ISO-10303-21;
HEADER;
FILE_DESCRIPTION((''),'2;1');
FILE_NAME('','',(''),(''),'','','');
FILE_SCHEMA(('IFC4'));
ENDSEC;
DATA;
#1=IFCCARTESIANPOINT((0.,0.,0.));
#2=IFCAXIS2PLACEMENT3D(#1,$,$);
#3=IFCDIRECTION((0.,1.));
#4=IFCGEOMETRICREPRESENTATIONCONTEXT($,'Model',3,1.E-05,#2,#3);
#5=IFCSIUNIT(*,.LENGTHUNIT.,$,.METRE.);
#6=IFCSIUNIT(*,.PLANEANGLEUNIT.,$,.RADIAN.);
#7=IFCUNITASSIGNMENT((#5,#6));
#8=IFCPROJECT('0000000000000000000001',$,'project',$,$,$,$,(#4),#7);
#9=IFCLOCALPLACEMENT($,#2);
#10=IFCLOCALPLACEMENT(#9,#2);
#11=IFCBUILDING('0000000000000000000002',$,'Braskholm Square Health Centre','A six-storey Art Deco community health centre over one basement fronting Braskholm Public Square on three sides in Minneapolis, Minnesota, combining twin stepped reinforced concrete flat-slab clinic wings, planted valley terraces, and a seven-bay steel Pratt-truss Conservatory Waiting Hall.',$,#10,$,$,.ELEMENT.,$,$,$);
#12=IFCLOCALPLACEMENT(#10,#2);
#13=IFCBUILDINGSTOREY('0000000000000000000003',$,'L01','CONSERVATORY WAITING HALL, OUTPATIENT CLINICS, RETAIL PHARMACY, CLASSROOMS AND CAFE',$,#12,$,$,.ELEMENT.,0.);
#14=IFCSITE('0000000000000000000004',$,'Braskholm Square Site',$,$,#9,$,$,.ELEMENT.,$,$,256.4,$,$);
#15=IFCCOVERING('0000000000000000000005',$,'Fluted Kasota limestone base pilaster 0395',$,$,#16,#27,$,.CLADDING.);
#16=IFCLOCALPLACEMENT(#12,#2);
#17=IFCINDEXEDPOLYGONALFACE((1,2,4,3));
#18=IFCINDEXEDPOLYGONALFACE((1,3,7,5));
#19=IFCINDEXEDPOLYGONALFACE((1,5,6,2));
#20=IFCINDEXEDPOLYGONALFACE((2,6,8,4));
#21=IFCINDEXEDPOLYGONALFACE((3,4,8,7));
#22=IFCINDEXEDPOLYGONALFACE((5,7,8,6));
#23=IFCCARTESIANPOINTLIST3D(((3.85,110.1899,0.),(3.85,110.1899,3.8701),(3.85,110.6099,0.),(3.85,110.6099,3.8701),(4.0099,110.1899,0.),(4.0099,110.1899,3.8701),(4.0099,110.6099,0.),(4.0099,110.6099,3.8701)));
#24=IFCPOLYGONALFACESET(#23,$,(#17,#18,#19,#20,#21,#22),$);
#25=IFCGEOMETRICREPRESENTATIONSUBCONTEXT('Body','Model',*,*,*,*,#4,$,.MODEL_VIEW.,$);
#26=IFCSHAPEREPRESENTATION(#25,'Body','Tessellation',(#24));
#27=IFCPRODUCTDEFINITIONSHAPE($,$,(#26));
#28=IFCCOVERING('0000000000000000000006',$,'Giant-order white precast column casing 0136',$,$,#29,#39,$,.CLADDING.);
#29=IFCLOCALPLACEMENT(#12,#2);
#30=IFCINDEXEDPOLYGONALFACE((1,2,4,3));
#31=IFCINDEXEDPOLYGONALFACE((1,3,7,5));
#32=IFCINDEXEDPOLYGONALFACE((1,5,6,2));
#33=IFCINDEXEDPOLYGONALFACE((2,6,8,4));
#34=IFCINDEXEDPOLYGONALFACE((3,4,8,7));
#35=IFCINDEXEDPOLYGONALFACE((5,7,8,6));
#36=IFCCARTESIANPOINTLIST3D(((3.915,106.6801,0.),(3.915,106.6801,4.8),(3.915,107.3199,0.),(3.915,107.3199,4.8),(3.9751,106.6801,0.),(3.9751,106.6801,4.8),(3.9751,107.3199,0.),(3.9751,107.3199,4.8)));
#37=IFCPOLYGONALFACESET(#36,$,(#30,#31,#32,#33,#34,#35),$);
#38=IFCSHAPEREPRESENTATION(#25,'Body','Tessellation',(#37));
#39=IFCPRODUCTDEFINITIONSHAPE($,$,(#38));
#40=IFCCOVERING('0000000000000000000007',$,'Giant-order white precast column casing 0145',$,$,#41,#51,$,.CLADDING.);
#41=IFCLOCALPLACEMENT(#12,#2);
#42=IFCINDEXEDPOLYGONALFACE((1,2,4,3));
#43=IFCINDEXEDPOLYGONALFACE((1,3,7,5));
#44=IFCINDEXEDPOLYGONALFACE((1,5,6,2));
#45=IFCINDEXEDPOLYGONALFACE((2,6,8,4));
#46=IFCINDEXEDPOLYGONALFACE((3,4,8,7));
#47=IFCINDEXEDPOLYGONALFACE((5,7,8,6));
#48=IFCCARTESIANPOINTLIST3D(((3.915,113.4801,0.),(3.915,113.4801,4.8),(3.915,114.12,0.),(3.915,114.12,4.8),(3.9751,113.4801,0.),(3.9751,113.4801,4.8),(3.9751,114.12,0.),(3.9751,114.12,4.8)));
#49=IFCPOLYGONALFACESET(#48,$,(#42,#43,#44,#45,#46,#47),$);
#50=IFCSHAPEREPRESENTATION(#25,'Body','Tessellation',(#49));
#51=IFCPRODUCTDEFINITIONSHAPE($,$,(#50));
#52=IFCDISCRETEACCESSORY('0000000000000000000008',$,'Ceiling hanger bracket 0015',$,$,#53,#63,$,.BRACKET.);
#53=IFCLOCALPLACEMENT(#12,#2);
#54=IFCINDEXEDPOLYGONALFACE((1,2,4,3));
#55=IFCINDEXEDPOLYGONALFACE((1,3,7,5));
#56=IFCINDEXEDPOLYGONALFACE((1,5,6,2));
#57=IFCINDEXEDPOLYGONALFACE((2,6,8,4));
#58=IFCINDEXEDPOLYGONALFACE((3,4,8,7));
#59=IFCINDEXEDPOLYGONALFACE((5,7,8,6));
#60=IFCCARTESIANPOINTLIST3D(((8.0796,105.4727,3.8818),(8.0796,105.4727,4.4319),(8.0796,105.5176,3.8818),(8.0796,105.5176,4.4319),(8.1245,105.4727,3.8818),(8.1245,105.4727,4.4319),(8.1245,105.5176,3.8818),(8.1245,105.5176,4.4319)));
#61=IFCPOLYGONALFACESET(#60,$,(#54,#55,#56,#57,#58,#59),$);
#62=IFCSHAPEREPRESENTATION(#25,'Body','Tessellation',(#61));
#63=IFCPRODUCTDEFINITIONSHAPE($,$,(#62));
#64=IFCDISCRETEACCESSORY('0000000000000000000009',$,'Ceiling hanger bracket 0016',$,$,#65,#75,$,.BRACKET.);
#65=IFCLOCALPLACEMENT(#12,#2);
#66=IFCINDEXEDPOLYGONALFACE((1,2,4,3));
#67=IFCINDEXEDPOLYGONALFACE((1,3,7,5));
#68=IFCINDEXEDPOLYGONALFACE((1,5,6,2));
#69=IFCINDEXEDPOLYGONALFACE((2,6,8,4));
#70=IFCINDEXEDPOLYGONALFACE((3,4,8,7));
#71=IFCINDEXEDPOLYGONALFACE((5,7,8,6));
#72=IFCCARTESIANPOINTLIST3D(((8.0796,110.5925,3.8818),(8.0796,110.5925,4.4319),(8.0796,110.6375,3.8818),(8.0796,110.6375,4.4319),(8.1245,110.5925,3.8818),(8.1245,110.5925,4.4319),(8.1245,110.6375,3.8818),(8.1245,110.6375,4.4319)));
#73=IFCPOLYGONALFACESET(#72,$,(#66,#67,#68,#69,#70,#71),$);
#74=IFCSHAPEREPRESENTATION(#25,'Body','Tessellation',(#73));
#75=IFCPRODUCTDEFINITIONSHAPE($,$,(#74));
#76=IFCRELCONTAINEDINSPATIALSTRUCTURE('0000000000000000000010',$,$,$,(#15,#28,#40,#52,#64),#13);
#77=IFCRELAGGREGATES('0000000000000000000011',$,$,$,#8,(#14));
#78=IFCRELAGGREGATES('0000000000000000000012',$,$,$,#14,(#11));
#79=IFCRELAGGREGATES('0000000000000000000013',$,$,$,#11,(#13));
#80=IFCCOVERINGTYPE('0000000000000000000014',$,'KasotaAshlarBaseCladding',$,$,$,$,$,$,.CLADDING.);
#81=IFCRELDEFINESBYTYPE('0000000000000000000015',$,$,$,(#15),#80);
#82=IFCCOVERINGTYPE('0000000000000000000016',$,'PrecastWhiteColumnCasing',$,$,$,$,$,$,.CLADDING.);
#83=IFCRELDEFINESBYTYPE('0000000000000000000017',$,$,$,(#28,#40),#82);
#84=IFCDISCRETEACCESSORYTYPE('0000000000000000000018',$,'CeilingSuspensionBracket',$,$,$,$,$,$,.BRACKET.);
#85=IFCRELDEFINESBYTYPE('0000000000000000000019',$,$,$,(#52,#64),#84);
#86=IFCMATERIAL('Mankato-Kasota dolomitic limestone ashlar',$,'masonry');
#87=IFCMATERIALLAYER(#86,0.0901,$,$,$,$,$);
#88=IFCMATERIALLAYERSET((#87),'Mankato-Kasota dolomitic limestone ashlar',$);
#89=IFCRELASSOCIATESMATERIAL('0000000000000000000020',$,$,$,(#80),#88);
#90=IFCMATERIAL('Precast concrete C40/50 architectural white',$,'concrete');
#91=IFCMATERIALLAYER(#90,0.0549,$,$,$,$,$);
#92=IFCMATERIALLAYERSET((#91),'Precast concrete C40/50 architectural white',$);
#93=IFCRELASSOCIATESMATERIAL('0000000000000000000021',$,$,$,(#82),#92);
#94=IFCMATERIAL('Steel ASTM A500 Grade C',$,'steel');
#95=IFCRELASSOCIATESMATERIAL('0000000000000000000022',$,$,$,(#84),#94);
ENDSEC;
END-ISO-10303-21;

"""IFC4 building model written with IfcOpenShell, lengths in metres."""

from ifc_helpers import new_model, si_unit, direction, frame, origin, origin_2d, place, context, subcontext, project, spatial, rectangle, extrude, material, layer, layer_set, type_object, element, save


model = new_model("IFC4")

# Units and contexts
model_context = context("Model", 3, precision=1e-05, world=origin(), true_north=direction((0.0, 1.0)))
body_context = subcontext(model_context, "Body", "Model", "MODEL_VIEW")
ifc_project = project(units=[si_unit("LENGTHUNIT", "METRE"), si_unit("PLANEANGLEUNIT", "RADIAN")], contexts=[model_context])

# Site, building, storey
site_placement = place(None, origin())
site = spatial("IfcSite", under=ifc_project, at=site_placement, Name="Braskholm Square Site", CompositionType="ELEMENT", RefElevation=256.4)
building_placement = place(site_placement, origin())
building = spatial("IfcBuilding", under=site, at=building_placement, Name="Braskholm Square Health Centre", Description="A six-storey Art Deco community health centre over one basement fronting Braskholm Public Square on three sides in Minneapolis, Minnesota, combining twin stepped reinforced concrete flat-slab clinic wings, planted valley terraces, and a seven-bay steel Pratt-truss Conservatory Waiting Hall.", CompositionType="ELEMENT")
storey_placement = place(building_placement, origin())
storey = spatial("IfcBuildingStorey", under=building, at=storey_placement, Name="L01", Description="CONSERVATORY WAITING HALL, OUTPATIENT CLINICS, RETAIL PHARMACY, CLASSROOMS AND CAFE", CompositionType="ELEMENT", Elevation=0.0)

# Shared definitions
ifc_material_1 = material(Name="Precast concrete C40/50 architectural white", Category="concrete")

# Shared definitions
ifc_material_2 = material(Name="Mankato-Kasota dolomitic limestone ashlar", Category="masonry")

# Coverings
ifc_layer_1 = layer(ifc_material_2, 0.0901)
ifc_layer_set_1 = layer_set([ifc_layer_1], Name="Mankato-Kasota dolomitic limestone ashlar")
covering_type_1 = type_object("IfcCoveringType", Name="KasotaAshlarBaseCladding", PredefinedType="CLADDING", material=ifc_layer_set_1)
for number, where, z_axis, x_axis, name in (
    (1, (3.9299, 110.3999, 0.0), (0.0, 0.0, 1.0), (1.0, 0.0, 0.0), "Fluted Kasota limestone base pilaster 0395"),
):
    element("IfcCovering", number, at=place(storey_placement, frame(where, z_axis=z_axis, x_axis=x_axis)), inside=storey, type_object=covering_type_1, Name=name, PredefinedType="CLADDING", context=body_context, shape_type="SweptSolid", body=[
        extrude(rectangle(XDim=0.1599, YDim=0.4199, at=origin_2d()), origin(), (0.0, 0.0, 1.0), 3.8701),
    ])
ifc_layer_2 = layer(ifc_material_1, 0.0549)
ifc_layer_set_2 = layer_set([ifc_layer_2], Name="Precast concrete C40/50 architectural white")
covering_type_2 = type_object("IfcCoveringType", Name="PrecastWhiteColumnCasing", PredefinedType="CLADDING", material=ifc_layer_set_2)
for number, where, z_axis, x_axis, name in (
    (2, (3.9451, 107.0, 0.0), (0.0, 0.0, 1.0), (1.0, 0.0, 0.0), "Giant-order white precast column casing 0136"),
    (3, (3.9451, 113.8, 0.0), (0.0, 0.0, 1.0), (1.0, 0.0, 0.0), "Giant-order white precast column casing 0145"),
):
    element("IfcCovering", number, at=place(storey_placement, frame(where, z_axis=z_axis, x_axis=x_axis)), inside=storey, type_object=covering_type_2, Name=name, PredefinedType="CLADDING", context=body_context, shape_type="SweptSolid", body=[
        extrude(rectangle(XDim=0.0601, YDim=0.6399, at=origin_2d()), origin(), (0.0, 0.0, 1.0), 4.8),
    ])

# Discrete accessories
ifc_material_3 = material(Name="Steel ASTM A500 Grade C", Category="steel")
discrete_accessory_type = type_object("IfcDiscreteAccessoryType", Name="CeilingSuspensionBracket", PredefinedType="BRACKET", material=ifc_material_3)
for number, where, z_axis, x_axis, name in (
    (4, (8.1021, 105.4951, 3.8818), (0.0, 0.0, 1.0), (1.0, 0.0, 0.0), "Ceiling hanger bracket 0015"),
    (5, (8.1021, 110.615, 3.8818), (0.0, 0.0, 1.0), (1.0, 0.0, 0.0), "Ceiling hanger bracket 0016"),
):
    element("IfcDiscreteAccessory", number, at=place(storey_placement, frame(where, z_axis=z_axis, x_axis=x_axis)), inside=storey, type_object=discrete_accessory_type, Name=name, PredefinedType="BRACKET", context=body_context, shape_type="SweptSolid", body=[
        extrude(rectangle(XDim=0.0449, YDim=0.0449, at=origin_2d()), origin(), (0.0, 0.0, 1.0), 0.55),
    ])

save(model, "model.ifc")
